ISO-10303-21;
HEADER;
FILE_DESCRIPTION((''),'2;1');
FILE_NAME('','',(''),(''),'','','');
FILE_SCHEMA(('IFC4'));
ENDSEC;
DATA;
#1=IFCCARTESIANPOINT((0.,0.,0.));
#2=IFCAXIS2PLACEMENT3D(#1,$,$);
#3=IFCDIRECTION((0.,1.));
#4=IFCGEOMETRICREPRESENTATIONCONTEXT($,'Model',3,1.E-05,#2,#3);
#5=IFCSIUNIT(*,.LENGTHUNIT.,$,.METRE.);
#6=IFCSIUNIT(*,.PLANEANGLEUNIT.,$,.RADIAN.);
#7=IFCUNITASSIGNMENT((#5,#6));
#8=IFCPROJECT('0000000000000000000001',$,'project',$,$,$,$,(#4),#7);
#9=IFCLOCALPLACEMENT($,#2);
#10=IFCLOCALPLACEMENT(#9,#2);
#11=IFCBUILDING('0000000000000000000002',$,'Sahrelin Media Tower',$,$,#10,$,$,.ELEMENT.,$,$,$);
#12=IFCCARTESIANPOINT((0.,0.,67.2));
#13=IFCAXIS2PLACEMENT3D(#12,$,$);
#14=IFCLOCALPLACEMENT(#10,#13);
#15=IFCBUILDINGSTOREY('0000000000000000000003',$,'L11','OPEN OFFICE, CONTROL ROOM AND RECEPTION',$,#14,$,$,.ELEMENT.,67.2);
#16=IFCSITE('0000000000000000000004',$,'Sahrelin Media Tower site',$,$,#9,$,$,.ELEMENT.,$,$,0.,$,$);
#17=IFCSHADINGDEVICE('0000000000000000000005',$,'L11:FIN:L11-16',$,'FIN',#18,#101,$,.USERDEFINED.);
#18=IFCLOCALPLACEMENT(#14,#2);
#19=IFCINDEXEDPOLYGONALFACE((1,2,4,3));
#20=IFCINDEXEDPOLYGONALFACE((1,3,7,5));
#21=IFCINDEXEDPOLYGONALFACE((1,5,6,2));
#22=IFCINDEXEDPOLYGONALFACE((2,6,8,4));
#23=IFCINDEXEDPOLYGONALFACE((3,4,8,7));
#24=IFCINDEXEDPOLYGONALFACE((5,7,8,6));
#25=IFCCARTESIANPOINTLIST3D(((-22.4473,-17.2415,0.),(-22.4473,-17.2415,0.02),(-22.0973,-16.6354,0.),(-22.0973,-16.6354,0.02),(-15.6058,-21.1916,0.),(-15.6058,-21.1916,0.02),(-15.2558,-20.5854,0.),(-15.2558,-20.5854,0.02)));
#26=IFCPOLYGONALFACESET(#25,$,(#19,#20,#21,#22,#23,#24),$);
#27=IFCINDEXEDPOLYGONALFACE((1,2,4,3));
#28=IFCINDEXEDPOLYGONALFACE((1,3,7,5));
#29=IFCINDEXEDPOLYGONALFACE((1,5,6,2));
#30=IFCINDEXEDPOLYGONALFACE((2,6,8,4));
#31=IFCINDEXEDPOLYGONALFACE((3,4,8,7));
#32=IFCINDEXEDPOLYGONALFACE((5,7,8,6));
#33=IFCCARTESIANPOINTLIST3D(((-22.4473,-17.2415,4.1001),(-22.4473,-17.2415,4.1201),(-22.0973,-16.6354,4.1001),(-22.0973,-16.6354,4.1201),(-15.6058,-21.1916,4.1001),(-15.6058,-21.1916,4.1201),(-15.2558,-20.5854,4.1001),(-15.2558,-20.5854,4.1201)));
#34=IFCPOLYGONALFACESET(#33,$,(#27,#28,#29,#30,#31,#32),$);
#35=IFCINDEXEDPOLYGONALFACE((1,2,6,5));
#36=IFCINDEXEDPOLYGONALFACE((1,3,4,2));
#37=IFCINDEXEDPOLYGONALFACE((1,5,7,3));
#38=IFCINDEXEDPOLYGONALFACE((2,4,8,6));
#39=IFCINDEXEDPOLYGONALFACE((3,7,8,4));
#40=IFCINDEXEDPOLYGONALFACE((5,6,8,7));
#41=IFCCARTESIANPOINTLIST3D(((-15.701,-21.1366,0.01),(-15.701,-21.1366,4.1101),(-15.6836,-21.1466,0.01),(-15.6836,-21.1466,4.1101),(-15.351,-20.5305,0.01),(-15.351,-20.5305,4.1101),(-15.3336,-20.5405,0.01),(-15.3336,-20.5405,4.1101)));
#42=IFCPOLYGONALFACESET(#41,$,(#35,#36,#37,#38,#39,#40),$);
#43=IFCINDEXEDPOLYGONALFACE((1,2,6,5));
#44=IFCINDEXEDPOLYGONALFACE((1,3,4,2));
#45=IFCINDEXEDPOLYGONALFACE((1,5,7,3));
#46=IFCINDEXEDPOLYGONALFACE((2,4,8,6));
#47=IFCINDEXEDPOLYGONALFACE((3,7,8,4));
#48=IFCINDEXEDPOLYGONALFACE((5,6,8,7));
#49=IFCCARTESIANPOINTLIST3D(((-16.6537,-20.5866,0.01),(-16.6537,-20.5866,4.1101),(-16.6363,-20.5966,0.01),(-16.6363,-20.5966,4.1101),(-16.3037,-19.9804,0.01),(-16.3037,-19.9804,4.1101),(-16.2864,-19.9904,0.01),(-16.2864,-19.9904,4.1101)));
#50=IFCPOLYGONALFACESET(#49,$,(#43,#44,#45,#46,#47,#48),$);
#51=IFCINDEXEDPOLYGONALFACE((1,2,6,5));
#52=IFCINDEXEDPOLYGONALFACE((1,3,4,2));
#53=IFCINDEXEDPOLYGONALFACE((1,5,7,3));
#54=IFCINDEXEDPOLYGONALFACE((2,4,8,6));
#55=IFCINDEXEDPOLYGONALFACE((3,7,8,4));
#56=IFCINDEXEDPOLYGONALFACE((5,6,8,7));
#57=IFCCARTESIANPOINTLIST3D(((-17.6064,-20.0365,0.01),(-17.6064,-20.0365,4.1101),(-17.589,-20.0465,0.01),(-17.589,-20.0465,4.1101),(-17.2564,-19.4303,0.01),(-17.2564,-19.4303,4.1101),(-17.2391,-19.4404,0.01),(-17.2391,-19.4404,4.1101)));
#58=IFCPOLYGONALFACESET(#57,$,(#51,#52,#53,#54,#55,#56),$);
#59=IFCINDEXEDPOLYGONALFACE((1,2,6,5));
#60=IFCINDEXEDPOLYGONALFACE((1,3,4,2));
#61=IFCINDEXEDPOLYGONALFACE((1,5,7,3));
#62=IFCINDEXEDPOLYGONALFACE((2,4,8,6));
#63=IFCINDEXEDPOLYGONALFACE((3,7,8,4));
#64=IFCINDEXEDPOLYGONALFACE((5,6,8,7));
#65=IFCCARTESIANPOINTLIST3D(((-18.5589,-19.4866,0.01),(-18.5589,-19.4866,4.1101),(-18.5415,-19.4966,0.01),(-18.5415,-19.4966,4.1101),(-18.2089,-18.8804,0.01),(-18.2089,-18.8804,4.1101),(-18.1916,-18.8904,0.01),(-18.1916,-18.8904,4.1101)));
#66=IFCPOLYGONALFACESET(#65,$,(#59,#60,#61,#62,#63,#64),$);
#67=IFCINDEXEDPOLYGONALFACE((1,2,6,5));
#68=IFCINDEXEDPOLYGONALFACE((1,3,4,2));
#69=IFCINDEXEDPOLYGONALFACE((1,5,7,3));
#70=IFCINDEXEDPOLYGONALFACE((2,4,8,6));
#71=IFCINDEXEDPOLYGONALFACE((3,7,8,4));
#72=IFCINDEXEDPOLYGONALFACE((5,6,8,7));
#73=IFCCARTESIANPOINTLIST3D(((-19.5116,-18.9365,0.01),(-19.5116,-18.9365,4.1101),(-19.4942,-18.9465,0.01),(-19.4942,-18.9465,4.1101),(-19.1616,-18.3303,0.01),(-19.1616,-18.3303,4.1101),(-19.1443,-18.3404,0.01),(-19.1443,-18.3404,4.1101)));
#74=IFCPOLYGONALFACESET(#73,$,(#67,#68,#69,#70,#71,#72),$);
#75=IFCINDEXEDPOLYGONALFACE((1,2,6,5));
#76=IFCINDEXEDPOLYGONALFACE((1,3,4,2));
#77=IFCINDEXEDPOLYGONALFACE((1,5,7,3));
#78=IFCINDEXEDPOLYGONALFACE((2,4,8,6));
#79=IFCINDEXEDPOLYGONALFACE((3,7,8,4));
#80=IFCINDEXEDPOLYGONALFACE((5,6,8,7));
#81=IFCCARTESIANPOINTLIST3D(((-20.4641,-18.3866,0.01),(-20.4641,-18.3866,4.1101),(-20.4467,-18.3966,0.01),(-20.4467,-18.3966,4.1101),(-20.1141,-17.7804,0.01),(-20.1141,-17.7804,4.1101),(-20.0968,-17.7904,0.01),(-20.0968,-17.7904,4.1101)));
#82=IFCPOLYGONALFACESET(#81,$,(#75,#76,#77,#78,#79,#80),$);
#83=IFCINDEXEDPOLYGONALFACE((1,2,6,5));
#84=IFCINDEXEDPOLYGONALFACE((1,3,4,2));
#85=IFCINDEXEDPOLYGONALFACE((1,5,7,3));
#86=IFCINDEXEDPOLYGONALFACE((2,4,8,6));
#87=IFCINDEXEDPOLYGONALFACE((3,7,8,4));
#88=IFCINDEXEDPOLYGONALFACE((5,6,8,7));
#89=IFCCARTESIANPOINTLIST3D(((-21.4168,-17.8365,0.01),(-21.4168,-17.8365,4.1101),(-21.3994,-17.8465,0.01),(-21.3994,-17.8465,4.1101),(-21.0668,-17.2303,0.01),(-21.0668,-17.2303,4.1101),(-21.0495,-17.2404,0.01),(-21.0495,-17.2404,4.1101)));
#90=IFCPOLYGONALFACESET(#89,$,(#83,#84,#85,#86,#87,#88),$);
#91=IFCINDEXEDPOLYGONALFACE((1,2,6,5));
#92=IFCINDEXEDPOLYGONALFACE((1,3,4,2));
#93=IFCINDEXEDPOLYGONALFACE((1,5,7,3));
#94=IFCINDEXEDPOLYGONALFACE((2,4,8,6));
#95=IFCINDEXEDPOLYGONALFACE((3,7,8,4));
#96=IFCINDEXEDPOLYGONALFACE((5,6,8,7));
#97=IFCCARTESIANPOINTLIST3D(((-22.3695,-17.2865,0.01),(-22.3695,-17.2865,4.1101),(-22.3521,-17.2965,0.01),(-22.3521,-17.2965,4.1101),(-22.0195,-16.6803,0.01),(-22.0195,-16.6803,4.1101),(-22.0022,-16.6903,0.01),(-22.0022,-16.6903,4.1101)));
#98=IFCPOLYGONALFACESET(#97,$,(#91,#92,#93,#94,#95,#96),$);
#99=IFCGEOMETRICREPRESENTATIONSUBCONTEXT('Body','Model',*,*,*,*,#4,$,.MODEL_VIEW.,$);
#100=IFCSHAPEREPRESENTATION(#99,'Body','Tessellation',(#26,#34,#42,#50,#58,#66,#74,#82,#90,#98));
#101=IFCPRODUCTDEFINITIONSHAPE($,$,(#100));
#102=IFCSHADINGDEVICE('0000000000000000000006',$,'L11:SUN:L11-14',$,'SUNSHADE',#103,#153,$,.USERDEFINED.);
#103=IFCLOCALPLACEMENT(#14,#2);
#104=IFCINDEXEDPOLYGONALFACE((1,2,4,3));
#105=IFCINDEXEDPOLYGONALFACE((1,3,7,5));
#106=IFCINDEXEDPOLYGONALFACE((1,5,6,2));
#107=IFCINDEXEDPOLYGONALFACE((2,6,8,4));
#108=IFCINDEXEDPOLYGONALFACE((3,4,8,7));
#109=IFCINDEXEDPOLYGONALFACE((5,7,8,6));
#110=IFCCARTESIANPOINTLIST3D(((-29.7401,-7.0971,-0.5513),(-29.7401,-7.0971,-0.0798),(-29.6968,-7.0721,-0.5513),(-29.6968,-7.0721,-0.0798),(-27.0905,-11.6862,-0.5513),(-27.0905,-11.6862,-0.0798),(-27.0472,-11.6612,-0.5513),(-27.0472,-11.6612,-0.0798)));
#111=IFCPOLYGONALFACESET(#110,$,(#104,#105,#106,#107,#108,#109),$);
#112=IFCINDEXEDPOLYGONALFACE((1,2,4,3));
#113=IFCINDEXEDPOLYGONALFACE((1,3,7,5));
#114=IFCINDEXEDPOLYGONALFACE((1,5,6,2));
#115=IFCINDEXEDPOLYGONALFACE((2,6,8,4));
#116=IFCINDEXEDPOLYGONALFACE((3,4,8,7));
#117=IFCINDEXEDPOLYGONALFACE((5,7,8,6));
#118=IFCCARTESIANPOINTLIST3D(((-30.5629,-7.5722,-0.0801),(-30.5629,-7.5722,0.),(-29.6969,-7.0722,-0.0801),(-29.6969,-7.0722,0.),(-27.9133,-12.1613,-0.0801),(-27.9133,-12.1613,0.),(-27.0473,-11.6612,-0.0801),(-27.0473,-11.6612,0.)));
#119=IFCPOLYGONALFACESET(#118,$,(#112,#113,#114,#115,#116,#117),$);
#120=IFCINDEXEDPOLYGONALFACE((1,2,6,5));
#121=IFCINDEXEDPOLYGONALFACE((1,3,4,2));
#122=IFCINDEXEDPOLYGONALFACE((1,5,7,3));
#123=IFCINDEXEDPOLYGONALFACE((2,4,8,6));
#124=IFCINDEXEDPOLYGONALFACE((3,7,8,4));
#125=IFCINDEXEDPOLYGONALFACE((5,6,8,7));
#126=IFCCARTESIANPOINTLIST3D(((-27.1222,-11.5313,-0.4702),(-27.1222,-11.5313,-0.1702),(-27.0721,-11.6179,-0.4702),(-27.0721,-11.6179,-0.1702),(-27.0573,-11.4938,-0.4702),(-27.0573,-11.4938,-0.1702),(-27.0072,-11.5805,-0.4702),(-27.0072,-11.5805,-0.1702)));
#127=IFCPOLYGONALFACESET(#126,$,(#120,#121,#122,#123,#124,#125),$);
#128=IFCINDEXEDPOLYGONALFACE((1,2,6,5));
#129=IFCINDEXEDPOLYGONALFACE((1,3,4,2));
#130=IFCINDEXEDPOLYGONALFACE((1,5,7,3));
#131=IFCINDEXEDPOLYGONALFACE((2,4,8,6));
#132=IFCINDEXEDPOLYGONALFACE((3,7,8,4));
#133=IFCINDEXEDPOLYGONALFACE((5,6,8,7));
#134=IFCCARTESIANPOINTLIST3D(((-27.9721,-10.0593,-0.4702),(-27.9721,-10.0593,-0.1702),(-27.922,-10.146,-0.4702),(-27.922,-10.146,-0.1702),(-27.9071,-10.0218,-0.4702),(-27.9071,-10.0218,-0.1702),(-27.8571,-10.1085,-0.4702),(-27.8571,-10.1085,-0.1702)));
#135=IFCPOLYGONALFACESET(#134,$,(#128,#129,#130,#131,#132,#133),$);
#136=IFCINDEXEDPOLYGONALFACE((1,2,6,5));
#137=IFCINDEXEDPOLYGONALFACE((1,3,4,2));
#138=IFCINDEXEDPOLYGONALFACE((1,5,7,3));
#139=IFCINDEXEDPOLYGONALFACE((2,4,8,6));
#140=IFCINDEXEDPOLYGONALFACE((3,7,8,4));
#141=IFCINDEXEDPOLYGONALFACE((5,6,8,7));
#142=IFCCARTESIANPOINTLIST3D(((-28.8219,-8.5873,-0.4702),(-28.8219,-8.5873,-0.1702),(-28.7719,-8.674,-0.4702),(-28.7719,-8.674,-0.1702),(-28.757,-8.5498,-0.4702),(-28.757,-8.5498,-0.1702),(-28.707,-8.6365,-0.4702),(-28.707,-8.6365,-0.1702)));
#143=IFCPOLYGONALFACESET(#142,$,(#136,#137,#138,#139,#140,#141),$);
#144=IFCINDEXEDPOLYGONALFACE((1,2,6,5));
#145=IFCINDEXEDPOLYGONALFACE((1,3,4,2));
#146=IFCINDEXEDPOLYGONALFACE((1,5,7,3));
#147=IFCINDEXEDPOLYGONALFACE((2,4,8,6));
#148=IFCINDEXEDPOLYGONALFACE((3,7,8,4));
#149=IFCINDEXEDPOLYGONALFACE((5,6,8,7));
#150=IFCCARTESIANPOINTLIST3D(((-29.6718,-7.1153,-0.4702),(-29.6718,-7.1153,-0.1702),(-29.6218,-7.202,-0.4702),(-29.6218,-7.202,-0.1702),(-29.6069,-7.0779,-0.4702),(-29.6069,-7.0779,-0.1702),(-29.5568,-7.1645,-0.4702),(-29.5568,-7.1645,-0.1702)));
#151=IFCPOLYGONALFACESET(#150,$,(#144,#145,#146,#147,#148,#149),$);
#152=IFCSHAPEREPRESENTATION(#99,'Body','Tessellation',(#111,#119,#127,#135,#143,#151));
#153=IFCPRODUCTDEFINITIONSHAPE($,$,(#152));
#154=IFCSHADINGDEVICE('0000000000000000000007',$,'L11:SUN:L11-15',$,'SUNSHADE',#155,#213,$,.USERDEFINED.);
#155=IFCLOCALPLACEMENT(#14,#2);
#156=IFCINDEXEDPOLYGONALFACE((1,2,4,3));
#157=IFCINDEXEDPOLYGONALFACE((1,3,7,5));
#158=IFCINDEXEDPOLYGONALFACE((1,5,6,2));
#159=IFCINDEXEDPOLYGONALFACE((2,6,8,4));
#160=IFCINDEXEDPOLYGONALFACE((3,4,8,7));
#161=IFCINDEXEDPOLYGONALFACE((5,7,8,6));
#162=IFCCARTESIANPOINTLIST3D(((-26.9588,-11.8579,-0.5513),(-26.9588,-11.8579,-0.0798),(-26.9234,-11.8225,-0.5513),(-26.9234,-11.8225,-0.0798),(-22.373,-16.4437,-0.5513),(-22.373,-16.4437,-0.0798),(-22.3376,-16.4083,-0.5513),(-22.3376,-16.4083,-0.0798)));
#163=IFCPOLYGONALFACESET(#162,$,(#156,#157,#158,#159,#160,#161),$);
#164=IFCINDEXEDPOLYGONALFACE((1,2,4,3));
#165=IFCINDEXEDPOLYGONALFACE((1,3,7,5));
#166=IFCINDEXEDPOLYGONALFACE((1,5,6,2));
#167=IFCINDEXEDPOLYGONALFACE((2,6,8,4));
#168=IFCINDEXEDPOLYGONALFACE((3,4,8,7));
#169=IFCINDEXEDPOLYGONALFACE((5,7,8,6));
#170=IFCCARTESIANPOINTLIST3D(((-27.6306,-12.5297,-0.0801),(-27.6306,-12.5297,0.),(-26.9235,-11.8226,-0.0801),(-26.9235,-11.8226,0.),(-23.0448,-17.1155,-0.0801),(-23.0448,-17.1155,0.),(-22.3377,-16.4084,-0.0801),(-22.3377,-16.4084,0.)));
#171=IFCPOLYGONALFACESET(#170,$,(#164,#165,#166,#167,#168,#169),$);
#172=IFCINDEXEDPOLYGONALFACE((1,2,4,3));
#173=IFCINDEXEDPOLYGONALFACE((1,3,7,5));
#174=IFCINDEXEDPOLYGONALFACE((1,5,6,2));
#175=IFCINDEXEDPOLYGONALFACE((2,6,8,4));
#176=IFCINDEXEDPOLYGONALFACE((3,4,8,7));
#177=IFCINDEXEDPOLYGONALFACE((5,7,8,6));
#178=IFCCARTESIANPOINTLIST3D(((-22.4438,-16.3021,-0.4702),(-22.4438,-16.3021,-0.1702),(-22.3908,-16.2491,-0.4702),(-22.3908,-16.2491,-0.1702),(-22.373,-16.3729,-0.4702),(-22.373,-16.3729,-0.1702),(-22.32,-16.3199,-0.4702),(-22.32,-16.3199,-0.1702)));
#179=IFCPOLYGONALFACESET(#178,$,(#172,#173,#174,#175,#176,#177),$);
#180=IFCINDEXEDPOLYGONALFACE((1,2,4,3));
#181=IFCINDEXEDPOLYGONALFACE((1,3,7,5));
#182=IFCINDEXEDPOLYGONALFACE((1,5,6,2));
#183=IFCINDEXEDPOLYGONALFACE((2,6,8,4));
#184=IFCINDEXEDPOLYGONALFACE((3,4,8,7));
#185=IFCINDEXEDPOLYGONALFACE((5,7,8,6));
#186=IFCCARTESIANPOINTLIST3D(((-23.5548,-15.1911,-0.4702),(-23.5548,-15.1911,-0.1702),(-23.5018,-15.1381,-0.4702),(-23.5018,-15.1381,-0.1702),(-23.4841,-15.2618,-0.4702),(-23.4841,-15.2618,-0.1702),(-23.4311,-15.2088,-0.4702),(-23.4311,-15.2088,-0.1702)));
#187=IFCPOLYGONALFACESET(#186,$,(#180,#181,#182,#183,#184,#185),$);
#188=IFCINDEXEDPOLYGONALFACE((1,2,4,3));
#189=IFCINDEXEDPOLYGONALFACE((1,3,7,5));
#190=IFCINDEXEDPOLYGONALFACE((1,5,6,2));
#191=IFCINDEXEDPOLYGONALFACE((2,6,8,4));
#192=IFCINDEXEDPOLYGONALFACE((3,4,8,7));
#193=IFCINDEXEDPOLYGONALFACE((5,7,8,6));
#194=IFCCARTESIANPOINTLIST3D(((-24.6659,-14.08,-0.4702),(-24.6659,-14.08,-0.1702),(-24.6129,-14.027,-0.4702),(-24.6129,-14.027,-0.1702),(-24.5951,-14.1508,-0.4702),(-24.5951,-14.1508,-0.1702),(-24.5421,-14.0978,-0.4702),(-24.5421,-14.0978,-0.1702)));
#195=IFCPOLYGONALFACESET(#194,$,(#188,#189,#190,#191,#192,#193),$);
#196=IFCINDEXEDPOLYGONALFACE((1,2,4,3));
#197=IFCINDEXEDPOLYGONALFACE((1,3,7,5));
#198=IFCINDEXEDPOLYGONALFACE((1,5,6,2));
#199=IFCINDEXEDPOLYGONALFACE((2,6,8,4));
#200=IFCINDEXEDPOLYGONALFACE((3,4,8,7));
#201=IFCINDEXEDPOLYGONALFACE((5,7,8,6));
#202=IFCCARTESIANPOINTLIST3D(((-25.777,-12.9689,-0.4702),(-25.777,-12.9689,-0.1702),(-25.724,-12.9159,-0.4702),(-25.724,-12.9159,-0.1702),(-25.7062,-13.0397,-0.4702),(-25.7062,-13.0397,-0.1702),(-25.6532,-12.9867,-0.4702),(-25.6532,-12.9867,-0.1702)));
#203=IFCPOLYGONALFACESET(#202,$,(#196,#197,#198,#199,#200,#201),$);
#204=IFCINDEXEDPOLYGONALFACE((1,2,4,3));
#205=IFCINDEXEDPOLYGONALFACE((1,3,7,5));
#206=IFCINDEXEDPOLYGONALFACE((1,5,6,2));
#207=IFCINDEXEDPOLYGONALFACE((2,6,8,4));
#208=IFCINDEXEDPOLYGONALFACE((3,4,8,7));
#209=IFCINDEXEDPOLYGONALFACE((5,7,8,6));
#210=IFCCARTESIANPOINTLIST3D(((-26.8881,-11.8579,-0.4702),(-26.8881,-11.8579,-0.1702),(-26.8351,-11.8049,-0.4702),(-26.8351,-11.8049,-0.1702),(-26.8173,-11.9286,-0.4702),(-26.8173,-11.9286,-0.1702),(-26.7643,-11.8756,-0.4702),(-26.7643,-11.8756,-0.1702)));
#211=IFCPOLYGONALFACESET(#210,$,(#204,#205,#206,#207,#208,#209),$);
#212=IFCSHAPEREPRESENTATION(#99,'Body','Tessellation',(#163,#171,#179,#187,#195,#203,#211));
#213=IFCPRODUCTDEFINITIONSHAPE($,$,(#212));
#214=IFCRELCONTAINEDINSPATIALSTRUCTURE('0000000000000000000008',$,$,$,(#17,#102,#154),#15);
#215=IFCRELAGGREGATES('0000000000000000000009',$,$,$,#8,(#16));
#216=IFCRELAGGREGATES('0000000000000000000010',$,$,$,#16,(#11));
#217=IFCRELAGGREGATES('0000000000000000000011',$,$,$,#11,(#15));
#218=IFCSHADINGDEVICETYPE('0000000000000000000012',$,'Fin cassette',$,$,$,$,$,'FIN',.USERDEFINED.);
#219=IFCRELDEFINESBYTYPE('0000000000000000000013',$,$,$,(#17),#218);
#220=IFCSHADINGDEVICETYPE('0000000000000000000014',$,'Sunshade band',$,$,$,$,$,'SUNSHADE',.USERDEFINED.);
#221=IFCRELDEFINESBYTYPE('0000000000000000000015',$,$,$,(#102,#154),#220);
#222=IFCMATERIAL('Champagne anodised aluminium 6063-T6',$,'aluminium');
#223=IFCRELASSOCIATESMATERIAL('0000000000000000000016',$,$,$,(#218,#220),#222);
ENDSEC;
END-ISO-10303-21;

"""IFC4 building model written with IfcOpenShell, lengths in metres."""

from ifc_helpers import new_model, si_unit, direction, frame, origin, origin_2d, place, context, subcontext, project, spatial, rectangle, extrude, material, type_object, element, save


model = new_model("IFC4")

# Units and contexts
model_context = context("Model", 3, precision=1e-05, world=origin(), true_north=direction((0.0, 1.0)))
body_context = subcontext(model_context, "Body", "Model", "MODEL_VIEW")
ifc_project = project(units=[si_unit("LENGTHUNIT", "METRE"), si_unit("PLANEANGLEUNIT", "RADIAN")], contexts=[model_context])

# Site, building, storey
site_placement = place(None, origin())
site = spatial("IfcSite", under=ifc_project, at=site_placement, Name="Sahrelin Media Tower site", CompositionType="ELEMENT", RefElevation=0.0)
building_placement = place(site_placement, origin())
building = spatial("IfcBuilding", under=site, at=building_placement, Name="Sahrelin Media Tower", CompositionType="ELEMENT")
storey_placement = place(building_placement, frame((0.0, 0.0, 67.2)))
storey = spatial("IfcBuildingStorey", under=building, at=storey_placement, Name="L11", Description="OPEN OFFICE, CONTROL ROOM AND RECEPTION", CompositionType="ELEMENT", Elevation=67.2)

# Shared definitions
ifc_material_1 = material(Name="Champagne anodised aluminium 6063-T6", Category="aluminium")

# Shading devices
shading_device_type_1 = type_object("IfcShadingDeviceType", Name="Fin cassette", ElementType="FIN", PredefinedType="USERDEFINED", material=ifc_material_1)
placement_1 = place(storey_placement, frame((-28.3547, -9.3567, 0.0), z_axis=(0.0, 0.0, 1.0), x_axis=(-0.500011, 0.866019, 0.0)))
placement_2 = place(storey_placement, frame((-24.6165, -14.1013, 0.0), z_axis=(0.0, 0.0, 1.0), x_axis=(-0.707107, 0.707107, 0.0)))
placement_3 = place(storey_placement, frame((-18.6416, -18.5498, 0.0), z_axis=(0.0, 0.0, 1.0), x_axis=(-0.866019, 0.500011, 0.0)))
element("IfcShadingDevice", 1, at=placement_3, inside=storey, type_object=shading_device_type_1, Name="L11:FIN:L11-16", ObjectType="FIN", PredefinedType="USERDEFINED", context=body_context, shape_type="SweptSolid", body=[
    extrude(rectangle(XDim=7.8999, YDim=0.7, at=origin_2d()), frame((0.0, 0.4199, 0.0)), (0.0, 0.0, 1.0), 0.02),
    extrude(rectangle(XDim=7.8999, YDim=0.7, at=origin_2d()), frame((0.0, 0.4199, 4.1001)), (0.0, 0.0, 1.0), 0.02),
    extrude(rectangle(XDim=0.02, YDim=0.7, at=origin_2d()), frame((-3.8501, 0.4199, 0.01), z_axis=(0.0, 0.0, 1.0), x_axis=(1.0, 0.0, 0.0)), (0.0, 0.0, 1.0), 4.1001),
    extrude(rectangle(XDim=0.02, YDim=0.7, at=origin_2d()), frame((-2.75, 0.4199, 0.01), z_axis=(0.0, 0.0, 1.0), x_axis=(1.0, 0.0, 0.0)), (0.0, 0.0, 1.0), 4.1001),
    extrude(rectangle(XDim=0.02, YDim=0.7, at=origin_2d()), frame((-1.6499, 0.4199, 0.01), z_axis=(0.0, 0.0, 1.0), x_axis=(1.0, 0.0, 0.0)), (0.0, 0.0, 1.0), 4.1001),
    extrude(rectangle(XDim=0.02, YDim=0.7, at=origin_2d()), frame((-0.55, 0.4199, 0.01), z_axis=(0.0, 0.0, 1.0), x_axis=(1.0, 0.0, 0.0)), (0.0, 0.0, 1.0), 4.1001),
    extrude(rectangle(XDim=0.02, YDim=0.7, at=origin_2d()), frame((0.55, 0.4199, 0.01), z_axis=(0.0, 0.0, 1.0), x_axis=(1.0, 0.0, 0.0)), (0.0, 0.0, 1.0), 4.1001),
    extrude(rectangle(XDim=0.02, YDim=0.7, at=origin_2d()), frame((1.6499, 0.4199, 0.01), z_axis=(0.0, 0.0, 1.0), x_axis=(1.0, 0.0, 0.0)), (0.0, 0.0, 1.0), 4.1001),
    extrude(rectangle(XDim=0.02, YDim=0.7, at=origin_2d()), frame((2.75, 0.4199, 0.01), z_axis=(0.0, 0.0, 1.0), x_axis=(1.0, 0.0, 0.0)), (0.0, 0.0, 1.0), 4.1001),
    extrude(rectangle(XDim=0.02, YDim=0.7, at=origin_2d()), frame((3.8501, 0.4199, 0.01), z_axis=(0.0, 0.0, 1.0), x_axis=(1.0, 0.0, 0.0)), (0.0, 0.0, 1.0), 4.1001),
])
shading_device_type_2 = type_object("IfcShadingDeviceType", Name="Sunshade band", ElementType="SUNSHADE", PredefinedType="USERDEFINED", material=ifc_material_1)
element("IfcShadingDevice", 2, at=placement_1, inside=storey, type_object=shading_device_type_2, Name="L11:SUN:L11-14", ObjectType="SUNSHADE", PredefinedType="USERDEFINED", context=body_context, shape_type="SweptSolid", body=[
    extrude(rectangle(XDim=5.2991, YDim=0.05, at=origin_2d()), frame((0.0, 0.0449, -0.5513)), (0.0, 0.0, 1.0), 0.4714),
    extrude(rectangle(XDim=5.2991, YDim=1.0, at=origin_2d()), frame((0.0, 0.52, -0.0801)), (0.0, 0.0, 1.0), 0.0801),
    extrude(rectangle(XDim=0.1001, YDim=0.075, at=origin_2d()), frame((-2.5496, -0.0176, -0.4702)), (0.0, 0.0, 1.0), 0.3),
    extrude(rectangle(XDim=0.1001, YDim=0.075, at=origin_2d()), frame((-0.8499, -0.0176, -0.4702)), (0.0, 0.0, 1.0), 0.3),
    extrude(rectangle(XDim=0.1001, YDim=0.075, at=origin_2d()), frame((0.8499, -0.0176, -0.4702)), (0.0, 0.0, 1.0), 0.3),
    extrude(rectangle(XDim=0.1001, YDim=0.075, at=origin_2d()), frame((2.5496, -0.0176, -0.4702)), (0.0, 0.0, 1.0), 0.3),
])
element("IfcShadingDevice", 3, at=placement_2, inside=storey, type_object=shading_device_type_2, Name="L11:SUN:L11-15", ObjectType="SUNSHADE", PredefinedType="USERDEFINED", context=body_context, shape_type="SweptSolid", body=[
    extrude(rectangle(XDim=6.4854, YDim=0.05, at=origin_2d()), frame((0.0, 0.0449, -0.5513)), (0.0, 0.0, 1.0), 0.4714),
    extrude(rectangle(XDim=6.4854, YDim=1.0, at=origin_2d()), frame((0.0, 0.52, -0.0801)), (0.0, 0.0, 1.0), 0.0801),
    extrude(rectangle(XDim=0.1001, YDim=0.075, at=origin_2d()), frame((-3.1426, -0.0176, -0.4702)), (0.0, 0.0, 1.0), 0.3),
    extrude(rectangle(XDim=0.1001, YDim=0.075, at=origin_2d()), frame((-1.5713, -0.0176, -0.4702)), (0.0, 0.0, 1.0), 0.3),
    extrude(rectangle(XDim=0.1001, YDim=0.075, at=origin_2d()), frame((0.0, -0.0176, -0.4702)), (0.0, 0.0, 1.0), 0.3),
    extrude(rectangle(XDim=0.1001, YDim=0.075, at=origin_2d()), frame((1.5713, -0.0176, -0.4702)), (0.0, 0.0, 1.0), 0.3),
    extrude(rectangle(XDim=0.1001, YDim=0.075, at=origin_2d()), frame((3.1426, -0.0176, -0.4702)), (0.0, 0.0, 1.0), 0.3),
])

save(model, "model.ifc")
